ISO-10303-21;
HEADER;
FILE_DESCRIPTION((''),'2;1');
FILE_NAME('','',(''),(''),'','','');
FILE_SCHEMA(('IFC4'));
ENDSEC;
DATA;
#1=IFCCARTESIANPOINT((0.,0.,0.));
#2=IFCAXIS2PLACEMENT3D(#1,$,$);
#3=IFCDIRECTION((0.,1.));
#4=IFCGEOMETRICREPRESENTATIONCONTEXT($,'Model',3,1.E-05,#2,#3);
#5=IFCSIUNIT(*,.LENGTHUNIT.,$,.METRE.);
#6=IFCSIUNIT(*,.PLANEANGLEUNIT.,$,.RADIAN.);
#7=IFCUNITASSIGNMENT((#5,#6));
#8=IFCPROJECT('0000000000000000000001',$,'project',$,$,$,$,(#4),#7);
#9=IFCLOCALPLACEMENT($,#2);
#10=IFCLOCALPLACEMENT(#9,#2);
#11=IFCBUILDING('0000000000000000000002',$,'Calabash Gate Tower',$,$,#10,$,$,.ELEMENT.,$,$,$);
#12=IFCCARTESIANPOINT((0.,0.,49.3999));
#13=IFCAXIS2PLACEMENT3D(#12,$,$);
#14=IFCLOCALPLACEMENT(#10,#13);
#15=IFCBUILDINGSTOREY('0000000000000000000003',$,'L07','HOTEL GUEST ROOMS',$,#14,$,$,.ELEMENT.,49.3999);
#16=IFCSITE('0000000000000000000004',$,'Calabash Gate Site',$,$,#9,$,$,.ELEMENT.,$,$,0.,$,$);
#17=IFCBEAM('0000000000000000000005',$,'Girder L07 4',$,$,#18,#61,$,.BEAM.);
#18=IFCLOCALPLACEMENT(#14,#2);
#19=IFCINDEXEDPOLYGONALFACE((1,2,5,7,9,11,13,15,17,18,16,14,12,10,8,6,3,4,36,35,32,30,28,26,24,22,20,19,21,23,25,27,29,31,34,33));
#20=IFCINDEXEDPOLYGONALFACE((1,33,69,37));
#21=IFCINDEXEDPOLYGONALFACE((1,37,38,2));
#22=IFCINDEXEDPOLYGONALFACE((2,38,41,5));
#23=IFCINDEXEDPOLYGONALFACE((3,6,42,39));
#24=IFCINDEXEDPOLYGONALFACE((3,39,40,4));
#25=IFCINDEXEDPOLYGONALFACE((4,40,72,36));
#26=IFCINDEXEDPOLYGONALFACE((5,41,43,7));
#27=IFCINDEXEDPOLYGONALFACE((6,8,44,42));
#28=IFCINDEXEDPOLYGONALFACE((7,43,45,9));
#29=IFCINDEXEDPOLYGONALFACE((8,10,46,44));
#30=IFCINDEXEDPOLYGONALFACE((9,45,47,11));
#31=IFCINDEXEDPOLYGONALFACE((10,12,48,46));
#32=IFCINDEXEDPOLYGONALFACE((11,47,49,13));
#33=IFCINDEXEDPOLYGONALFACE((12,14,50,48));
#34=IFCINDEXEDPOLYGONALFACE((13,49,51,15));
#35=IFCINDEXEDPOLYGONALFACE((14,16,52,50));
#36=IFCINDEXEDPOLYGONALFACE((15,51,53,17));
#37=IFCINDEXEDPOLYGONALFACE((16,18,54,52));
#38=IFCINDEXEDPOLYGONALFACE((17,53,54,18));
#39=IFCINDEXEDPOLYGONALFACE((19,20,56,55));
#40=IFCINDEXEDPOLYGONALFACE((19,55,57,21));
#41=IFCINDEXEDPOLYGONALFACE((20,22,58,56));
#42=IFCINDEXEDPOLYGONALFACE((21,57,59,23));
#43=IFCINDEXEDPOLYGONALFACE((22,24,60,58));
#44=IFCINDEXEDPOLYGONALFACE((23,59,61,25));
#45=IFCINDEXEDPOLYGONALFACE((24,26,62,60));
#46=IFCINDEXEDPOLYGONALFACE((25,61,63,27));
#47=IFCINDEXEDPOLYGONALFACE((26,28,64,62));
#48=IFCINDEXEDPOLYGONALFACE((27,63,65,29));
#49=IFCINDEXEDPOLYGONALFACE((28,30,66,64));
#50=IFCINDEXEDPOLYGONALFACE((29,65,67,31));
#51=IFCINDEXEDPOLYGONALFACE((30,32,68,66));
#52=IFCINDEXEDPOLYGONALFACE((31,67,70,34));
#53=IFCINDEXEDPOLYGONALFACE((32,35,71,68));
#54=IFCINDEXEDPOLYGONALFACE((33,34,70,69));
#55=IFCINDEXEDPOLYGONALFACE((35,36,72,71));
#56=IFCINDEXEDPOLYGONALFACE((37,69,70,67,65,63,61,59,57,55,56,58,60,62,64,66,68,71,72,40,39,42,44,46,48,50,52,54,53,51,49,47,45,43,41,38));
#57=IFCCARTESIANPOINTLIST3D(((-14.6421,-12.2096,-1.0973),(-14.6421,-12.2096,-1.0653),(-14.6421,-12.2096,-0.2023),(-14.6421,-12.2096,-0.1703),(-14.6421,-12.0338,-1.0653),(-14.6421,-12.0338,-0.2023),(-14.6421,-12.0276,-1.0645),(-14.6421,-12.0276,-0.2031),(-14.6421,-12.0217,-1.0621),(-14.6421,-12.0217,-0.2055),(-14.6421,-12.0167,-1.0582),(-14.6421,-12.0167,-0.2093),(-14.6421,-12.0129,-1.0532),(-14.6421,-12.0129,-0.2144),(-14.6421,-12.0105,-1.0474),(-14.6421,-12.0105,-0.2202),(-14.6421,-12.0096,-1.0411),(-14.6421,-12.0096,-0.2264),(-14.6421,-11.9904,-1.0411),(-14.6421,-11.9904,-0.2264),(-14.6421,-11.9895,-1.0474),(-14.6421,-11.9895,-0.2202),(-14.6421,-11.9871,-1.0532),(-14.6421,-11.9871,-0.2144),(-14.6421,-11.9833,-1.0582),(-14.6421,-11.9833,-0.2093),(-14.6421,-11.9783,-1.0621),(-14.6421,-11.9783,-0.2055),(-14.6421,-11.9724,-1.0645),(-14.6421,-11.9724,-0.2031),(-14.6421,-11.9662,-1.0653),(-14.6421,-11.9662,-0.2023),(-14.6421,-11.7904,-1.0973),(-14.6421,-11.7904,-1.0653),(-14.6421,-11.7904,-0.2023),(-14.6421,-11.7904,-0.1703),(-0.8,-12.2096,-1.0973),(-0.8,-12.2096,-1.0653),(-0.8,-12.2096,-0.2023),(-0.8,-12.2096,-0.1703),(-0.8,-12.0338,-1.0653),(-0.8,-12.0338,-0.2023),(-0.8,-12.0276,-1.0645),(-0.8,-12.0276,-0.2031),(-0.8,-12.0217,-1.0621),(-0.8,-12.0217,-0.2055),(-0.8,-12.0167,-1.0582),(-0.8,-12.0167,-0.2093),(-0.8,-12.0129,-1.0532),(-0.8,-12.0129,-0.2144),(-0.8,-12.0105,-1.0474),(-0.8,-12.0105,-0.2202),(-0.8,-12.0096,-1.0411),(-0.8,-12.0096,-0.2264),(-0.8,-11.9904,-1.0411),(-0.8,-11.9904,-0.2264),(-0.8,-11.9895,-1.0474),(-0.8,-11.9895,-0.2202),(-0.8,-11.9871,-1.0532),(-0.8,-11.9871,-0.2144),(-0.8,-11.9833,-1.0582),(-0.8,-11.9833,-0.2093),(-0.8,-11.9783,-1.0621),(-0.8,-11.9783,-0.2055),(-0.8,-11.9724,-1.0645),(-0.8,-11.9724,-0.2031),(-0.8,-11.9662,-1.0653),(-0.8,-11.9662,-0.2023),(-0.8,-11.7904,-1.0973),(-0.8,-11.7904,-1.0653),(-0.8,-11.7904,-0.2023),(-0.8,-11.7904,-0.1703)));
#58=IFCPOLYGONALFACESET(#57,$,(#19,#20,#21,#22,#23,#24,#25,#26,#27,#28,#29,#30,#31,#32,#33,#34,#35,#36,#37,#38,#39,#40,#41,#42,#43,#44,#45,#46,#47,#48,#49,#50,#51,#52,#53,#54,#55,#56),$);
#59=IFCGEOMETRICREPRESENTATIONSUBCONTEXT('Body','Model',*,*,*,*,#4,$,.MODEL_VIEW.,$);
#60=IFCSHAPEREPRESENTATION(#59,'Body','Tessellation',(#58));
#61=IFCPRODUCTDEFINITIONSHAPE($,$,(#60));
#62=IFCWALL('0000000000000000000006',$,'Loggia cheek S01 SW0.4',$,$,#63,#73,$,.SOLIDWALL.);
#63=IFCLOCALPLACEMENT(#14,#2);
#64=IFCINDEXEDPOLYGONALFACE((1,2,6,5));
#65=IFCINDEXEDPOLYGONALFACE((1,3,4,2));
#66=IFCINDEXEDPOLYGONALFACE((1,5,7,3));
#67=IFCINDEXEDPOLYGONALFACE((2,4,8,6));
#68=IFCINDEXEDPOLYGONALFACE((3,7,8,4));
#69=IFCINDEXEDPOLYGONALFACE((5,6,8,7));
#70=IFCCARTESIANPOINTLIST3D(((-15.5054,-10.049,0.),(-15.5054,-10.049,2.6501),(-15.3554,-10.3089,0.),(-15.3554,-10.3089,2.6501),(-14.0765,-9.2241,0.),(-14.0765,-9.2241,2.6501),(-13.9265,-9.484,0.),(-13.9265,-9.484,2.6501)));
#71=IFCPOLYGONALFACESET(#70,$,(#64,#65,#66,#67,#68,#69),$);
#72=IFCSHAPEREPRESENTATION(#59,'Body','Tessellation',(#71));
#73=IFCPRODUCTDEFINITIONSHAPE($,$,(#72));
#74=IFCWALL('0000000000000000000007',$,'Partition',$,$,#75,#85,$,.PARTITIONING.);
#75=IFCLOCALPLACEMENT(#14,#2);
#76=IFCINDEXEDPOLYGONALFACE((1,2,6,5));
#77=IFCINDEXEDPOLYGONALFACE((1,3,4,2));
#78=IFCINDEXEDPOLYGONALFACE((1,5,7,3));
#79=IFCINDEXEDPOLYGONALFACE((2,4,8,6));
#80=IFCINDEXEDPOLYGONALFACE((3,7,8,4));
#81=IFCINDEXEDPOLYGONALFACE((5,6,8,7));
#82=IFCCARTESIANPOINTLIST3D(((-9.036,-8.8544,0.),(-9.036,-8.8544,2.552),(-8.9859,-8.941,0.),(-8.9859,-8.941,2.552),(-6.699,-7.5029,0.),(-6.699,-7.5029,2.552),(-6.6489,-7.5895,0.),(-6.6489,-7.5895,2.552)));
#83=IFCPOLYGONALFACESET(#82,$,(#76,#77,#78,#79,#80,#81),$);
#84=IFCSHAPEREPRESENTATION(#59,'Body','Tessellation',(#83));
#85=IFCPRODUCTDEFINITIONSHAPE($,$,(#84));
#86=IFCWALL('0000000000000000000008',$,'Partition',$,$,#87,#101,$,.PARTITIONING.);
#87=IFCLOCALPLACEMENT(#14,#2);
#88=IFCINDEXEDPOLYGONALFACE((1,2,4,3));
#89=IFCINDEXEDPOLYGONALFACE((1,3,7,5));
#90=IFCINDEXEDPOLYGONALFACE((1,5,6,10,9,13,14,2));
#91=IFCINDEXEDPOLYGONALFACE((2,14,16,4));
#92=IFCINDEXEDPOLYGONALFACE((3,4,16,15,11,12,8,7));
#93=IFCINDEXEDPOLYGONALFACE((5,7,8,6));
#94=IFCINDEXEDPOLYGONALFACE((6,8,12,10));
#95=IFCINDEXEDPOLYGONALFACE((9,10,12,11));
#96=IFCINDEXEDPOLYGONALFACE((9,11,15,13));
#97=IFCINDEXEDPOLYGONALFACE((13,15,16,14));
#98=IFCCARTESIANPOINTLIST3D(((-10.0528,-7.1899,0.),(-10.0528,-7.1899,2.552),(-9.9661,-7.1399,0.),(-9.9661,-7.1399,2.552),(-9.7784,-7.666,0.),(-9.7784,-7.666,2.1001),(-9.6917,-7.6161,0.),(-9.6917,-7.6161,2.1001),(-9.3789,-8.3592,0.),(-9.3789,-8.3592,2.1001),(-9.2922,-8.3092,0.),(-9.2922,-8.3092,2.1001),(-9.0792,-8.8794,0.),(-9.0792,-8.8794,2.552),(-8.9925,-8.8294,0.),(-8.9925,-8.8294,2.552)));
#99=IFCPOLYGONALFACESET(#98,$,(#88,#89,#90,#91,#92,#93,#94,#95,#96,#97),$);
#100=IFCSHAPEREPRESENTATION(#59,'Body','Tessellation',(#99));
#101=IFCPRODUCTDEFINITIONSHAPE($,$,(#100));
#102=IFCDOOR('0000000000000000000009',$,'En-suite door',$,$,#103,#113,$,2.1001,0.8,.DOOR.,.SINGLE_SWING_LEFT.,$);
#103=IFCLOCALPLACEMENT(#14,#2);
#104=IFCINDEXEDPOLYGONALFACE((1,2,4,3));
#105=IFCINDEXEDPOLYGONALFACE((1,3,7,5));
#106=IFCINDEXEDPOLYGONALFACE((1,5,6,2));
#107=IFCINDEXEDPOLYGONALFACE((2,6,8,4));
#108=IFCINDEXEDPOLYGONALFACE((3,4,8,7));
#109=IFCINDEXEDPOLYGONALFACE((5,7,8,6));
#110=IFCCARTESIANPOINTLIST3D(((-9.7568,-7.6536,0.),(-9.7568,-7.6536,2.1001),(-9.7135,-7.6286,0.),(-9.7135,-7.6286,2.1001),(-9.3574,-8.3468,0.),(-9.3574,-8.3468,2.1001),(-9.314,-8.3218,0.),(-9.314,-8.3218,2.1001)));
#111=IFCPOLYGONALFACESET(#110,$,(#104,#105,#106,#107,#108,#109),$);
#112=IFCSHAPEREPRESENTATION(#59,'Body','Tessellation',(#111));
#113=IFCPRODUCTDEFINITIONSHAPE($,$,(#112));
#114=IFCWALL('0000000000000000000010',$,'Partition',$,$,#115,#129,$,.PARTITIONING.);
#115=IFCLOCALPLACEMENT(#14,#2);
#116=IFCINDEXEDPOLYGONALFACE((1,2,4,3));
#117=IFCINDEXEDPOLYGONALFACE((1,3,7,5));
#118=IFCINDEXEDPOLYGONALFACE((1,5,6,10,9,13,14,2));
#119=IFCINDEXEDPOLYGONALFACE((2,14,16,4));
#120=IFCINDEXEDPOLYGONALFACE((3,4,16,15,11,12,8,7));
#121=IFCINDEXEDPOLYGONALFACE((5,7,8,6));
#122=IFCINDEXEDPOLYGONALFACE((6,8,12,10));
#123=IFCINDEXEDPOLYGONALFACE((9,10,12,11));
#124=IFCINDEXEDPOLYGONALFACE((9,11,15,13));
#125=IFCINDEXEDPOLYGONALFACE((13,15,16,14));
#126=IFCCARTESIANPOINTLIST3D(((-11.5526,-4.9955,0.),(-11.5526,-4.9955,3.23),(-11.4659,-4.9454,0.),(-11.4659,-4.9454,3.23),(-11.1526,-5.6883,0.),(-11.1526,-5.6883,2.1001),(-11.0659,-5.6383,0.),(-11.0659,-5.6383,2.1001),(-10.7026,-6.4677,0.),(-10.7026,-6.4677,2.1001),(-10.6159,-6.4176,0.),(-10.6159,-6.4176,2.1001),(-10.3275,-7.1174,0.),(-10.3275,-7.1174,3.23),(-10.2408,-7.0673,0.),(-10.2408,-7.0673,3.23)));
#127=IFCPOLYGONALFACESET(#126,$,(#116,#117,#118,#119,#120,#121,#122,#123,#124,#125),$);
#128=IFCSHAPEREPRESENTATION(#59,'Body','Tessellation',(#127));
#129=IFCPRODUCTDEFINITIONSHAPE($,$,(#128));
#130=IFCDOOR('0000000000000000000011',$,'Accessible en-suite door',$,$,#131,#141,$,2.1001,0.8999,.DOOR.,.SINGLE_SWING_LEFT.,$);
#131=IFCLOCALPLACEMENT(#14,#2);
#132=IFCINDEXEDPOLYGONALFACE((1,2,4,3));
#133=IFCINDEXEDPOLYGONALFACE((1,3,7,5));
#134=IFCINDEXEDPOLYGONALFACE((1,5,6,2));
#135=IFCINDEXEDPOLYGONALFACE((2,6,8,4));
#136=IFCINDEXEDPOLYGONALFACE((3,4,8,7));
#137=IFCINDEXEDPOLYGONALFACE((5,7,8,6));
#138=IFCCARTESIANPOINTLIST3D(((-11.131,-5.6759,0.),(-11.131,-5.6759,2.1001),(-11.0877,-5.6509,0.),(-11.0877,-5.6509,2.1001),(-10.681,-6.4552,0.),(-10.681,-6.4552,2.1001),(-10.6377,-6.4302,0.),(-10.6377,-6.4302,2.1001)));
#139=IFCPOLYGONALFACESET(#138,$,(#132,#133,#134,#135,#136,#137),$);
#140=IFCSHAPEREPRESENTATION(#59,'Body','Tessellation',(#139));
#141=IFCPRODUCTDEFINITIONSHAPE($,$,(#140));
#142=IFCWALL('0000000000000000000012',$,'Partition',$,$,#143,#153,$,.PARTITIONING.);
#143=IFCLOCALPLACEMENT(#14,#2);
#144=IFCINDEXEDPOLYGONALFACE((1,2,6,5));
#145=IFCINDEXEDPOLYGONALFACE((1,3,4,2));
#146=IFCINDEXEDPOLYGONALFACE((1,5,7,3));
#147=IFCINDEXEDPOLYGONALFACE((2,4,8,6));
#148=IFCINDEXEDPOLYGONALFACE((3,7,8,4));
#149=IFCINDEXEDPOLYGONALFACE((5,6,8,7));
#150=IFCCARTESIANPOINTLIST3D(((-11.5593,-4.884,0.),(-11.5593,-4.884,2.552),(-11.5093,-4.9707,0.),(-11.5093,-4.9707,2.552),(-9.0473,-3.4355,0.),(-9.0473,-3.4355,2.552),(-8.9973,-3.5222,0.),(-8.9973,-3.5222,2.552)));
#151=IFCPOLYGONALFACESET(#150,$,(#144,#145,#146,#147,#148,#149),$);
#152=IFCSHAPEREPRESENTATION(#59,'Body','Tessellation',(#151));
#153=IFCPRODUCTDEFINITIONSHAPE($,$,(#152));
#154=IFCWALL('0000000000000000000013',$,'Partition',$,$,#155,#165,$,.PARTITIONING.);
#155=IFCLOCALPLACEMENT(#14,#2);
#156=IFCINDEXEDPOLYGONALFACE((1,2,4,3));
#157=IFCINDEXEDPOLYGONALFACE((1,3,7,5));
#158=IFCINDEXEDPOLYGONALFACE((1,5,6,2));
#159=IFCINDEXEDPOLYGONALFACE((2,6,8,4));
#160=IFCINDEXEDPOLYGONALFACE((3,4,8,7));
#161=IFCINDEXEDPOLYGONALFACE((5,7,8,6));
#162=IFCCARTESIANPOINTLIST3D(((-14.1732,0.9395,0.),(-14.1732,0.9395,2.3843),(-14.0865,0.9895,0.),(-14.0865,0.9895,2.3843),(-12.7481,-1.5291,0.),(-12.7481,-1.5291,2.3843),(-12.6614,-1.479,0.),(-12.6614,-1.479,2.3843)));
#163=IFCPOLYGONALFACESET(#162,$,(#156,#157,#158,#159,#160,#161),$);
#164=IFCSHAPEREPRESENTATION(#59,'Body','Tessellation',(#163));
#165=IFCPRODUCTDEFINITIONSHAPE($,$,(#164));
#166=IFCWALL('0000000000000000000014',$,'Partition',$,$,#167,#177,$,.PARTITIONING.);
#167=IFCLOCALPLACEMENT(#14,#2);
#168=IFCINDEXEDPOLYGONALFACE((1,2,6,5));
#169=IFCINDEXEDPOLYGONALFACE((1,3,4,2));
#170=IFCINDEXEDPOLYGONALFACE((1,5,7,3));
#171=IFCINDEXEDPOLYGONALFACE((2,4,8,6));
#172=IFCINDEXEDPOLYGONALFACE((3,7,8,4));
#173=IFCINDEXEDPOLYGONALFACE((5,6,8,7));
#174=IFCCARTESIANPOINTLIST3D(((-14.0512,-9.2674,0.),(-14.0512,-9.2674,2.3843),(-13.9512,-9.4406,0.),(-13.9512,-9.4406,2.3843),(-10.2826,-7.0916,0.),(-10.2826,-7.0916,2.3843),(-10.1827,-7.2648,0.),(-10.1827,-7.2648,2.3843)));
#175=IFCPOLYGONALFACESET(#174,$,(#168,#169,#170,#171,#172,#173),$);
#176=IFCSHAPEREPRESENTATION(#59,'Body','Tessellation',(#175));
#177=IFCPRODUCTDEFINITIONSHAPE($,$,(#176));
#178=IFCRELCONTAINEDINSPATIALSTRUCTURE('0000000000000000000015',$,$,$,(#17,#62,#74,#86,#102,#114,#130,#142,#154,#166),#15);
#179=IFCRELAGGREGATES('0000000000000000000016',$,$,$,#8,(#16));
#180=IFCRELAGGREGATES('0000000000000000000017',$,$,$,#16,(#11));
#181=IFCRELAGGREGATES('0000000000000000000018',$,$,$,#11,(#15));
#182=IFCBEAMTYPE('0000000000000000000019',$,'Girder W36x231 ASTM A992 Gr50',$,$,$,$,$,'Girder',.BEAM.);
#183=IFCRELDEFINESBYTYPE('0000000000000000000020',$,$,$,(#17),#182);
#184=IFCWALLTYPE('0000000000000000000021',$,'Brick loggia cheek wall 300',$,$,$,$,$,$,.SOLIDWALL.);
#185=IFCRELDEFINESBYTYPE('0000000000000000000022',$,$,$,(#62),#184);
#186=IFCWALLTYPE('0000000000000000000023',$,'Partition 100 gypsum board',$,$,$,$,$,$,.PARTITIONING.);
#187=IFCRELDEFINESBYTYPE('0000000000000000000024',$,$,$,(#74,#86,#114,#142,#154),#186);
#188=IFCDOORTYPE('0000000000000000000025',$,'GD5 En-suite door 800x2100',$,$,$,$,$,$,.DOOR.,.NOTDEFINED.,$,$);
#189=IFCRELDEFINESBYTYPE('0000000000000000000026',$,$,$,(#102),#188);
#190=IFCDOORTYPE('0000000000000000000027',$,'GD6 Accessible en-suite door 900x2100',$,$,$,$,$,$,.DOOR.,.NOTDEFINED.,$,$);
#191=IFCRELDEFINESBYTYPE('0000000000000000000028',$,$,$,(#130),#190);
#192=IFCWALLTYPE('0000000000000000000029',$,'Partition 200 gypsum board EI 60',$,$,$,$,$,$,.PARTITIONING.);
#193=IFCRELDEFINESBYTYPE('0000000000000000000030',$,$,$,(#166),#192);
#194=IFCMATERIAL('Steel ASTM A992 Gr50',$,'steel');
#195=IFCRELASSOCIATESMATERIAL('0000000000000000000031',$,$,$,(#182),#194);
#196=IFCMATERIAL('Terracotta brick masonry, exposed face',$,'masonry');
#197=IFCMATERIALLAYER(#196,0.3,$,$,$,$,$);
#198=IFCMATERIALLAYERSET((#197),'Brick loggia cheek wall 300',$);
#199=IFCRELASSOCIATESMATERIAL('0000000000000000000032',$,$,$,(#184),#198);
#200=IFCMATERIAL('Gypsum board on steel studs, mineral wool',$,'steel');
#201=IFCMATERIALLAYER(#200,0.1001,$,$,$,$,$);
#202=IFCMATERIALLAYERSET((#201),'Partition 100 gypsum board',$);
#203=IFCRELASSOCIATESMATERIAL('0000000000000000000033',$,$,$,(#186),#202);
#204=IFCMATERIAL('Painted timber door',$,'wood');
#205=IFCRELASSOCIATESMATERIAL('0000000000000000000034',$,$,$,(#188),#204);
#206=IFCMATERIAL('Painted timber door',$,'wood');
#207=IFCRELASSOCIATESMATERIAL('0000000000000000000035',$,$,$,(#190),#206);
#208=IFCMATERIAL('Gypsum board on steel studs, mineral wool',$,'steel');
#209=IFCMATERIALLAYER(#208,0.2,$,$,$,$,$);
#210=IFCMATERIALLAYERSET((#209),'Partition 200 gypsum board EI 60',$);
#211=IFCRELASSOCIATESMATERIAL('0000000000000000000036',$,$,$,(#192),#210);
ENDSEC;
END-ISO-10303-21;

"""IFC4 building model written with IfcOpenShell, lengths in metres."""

from ifc_helpers import new_model, si_unit, direction, frame, frame_2d, origin, origin_2d, place, context, subcontext, project, spatial, rectangle, i_section, extrude, material, layer, layer_set, material_profile, profile_set, type_object, element, fill, save


model = new_model("IFC4")

# Units and contexts
model_context = context("Model", 3, precision=1e-05, world=origin(), true_north=direction((0.0, 1.0)))
body_context = subcontext(model_context, "Body", "Model", "MODEL_VIEW")
ifc_project = project(units=[si_unit("LENGTHUNIT", "METRE"), si_unit("PLANEANGLEUNIT", "RADIAN")], contexts=[model_context])

# Site, building, storey
site_placement = place(None, origin())
site = spatial("IfcSite", under=ifc_project, at=site_placement, Name="Calabash Gate Site", CompositionType="ELEMENT", RefElevation=0.0)
building_placement = place(site_placement, origin())
building = spatial("IfcBuilding", under=site, at=building_placement, Name="Calabash Gate Tower", CompositionType="ELEMENT")
storey_placement = place(building_placement, frame((0.0, 0.0, 49.3999)))
storey = spatial("IfcBuildingStorey", under=building, at=storey_placement, Name="L07", Description="HOTEL GUEST ROOMS", CompositionType="ELEMENT", Elevation=49.3999)

# Beam
ifc_material_1 = material(Name="Steel ASTM A992 Gr50", Category="steel")
ifc_material_profile_1 = material_profile(ifc_material_1, i_section(OverallWidth=0.4192, OverallDepth=0.927, WebThickness=0.0193, FlangeThickness=0.032, FilletRadius=0.0242, at=origin_2d()))
ifc_profile_set_1 = profile_set([ifc_material_profile_1], Name="Steel ASTM A992 Gr50")
beam_type_1 = type_object("IfcBeamType", Name="Girder W36x231 ASTM A992 Gr50", ElementType="Girder", PredefinedType="BEAM", material=ifc_profile_set_1)
beam_1_placement = place(storey_placement, frame((-14.6421, -12.0, -0.6338), z_axis=(1.0, 0.0, 0.0), x_axis=(0.0, 1.0, 0.0)))
element("IfcBeam", 1, at=beam_1_placement, inside=storey, type_object=beam_type_1, Name="Girder L07 4", PredefinedType="BEAM", context=body_context, shape_type="SweptSolid", body=[
    extrude(i_section(OverallWidth=0.4192, OverallDepth=0.927, WebThickness=0.0193, FlangeThickness=0.032, FilletRadius=0.0242, at=origin_2d()), origin(), (0.0, 0.0, 1.0), 13.842),
])

# Walls
ifc_material_2 = material(Name="Terracotta brick masonry, exposed face", Category="masonry")
ifc_layer_1 = layer(ifc_material_2, 0.3)
ifc_layer_set_1 = layer_set([ifc_layer_1], Name="Brick loggia cheek wall 300")
wall_type_1 = type_object("IfcWallType", Name="Brick loggia cheek wall 300", PredefinedType="SOLIDWALL", material=ifc_layer_set_1)
wall_1_placement = place(storey_placement, frame((-15.4304, -10.179, 0.0), z_axis=(0.0, 0.0, 1.0), x_axis=(0.86604, 0.499974, 0.0)))
element("IfcWall", 2, at=wall_1_placement, inside=storey, type_object=wall_type_1, Name="Loggia cheek S01 SW0.4", PredefinedType="SOLIDWALL", context=body_context, shape_type="SweptSolid", body=[
    extrude(rectangle(XDim=1.6499, YDim=0.3, at=frame_2d((0.825, 0.0))), origin(), (0.0, 0.0, 1.0), 2.6501),
])
ifc_material_3 = material(Name="Gypsum board on steel studs, mineral wool", Category="steel")
ifc_layer_2 = layer(ifc_material_3, 0.1001)
ifc_layer_set_2 = layer_set([ifc_layer_2], Name="Partition 100 gypsum board")
wall_type_2 = type_object("IfcWallType", Name="Partition 100 gypsum board", PredefinedType="PARTITIONING", material=ifc_layer_set_2)
wall_2_placement = place(storey_placement, frame((-9.011, -8.8977, 0.0), z_axis=(0.0, 0.0, 1.0), x_axis=(0.865672, 0.500612, 0.0)))
element("IfcWall", 3, at=wall_2_placement, inside=storey, type_object=wall_type_2, Name="Partition", PredefinedType="PARTITIONING", context=body_context, shape_type="SweptSolid", body=[
    extrude(rectangle(XDim=2.6997, YDim=0.1001, at=frame_2d((1.3499, 0.0))), origin(), (0.0, 0.0, 1.0), 2.552),
])

# Walls, openings, doors
wall_3_placement = place(storey_placement, frame((-10.0095, -7.1648, 0.0), z_axis=(0.0, 0.0, 1.0), x_axis=(0.499318, -0.866419, 0.0)))
wall_3 = element("IfcWall", 4, at=wall_3_placement, inside=storey, type_object=wall_type_2, Name="Partition", PredefinedType="PARTITIONING", context=body_context, shape_type="SweptSolid", body=[
    extrude(rectangle(XDim=1.95, YDim=0.1001, at=frame_2d((0.9751, 0.0))), origin(), (0.0, 0.0, 1.0), 2.552),
])
opening_1_placement = place(wall_3_placement, frame((0.5498, 0.0, 0.0)))
opening_1 = element("IfcOpeningElement", 5, at=opening_1_placement, cuts=wall_3, PredefinedType="OPENING", context=body_context, shape_type="SweptSolid", body=[
    extrude(rectangle(XDim=0.8, YDim=2.1001, at=frame_2d((0.3999, 1.05))), frame((0.0, 0.0601, 0.0), z_axis=(0.0, -1.0, 0.0), x_axis=(1.0, 0.0, 0.0)), (0.0, 0.0, 1.0), 0.1201),
])
ifc_material_4 = material(Name="Painted timber door", Category="wood")
door_type_1 = type_object("IfcDoorType", Name="GD5 En-suite door 800x2100", OperationType="NOTDEFINED", PredefinedType="DOOR", material=ifc_material_4)
door_1_placement = place(opening_1_placement, origin())
door_1 = element("IfcDoor", 6, at=door_1_placement, inside=storey, type_object=door_type_1, Name="En-suite door", OperationType="SINGLE_SWING_LEFT", OverallHeight=2.1001, OverallWidth=0.8, PredefinedType="DOOR", context=body_context, shape_type="SweptSolid", body=[
    extrude(rectangle(XDim=0.8, YDim=2.1001, at=frame_2d((0.3999, 1.05))), frame((0.0, 0.0249, 0.0), z_axis=(0.0, -1.0, 0.0), x_axis=(1.0, 0.0, 0.0)), (0.0, 0.0, 1.0), 0.05),
])
fill(opening_1, door_1)
wall_4_placement = place(storey_placement, frame((-11.5093, -4.9705, 0.0), z_axis=(0.0, 0.0, 1.0), x_axis=(0.500019, -0.866015, 0.0)))
wall_4 = element("IfcWall", 7, at=wall_4_placement, inside=storey, type_object=wall_type_2, Name="Partition", PredefinedType="PARTITIONING", context=body_context, shape_type="SweptSolid", body=[
    extrude(rectangle(XDim=2.4502, YDim=0.1001, at=frame_2d((1.2251, 0.0))), origin(), (0.0, 0.0, 1.0), 3.23),
])
opening_2_placement = place(wall_4_placement, frame((0.8, 0.0, 0.0)))
opening_2 = element("IfcOpeningElement", 8, at=opening_2_placement, cuts=wall_4, PredefinedType="OPENING", context=body_context, shape_type="SweptSolid", body=[
    extrude(rectangle(XDim=0.8999, YDim=2.1001, at=frame_2d((0.45, 1.05))), frame((0.0, 0.0601, 0.0), z_axis=(0.0, -1.0, 0.0), x_axis=(1.0, 0.0, 0.0)), (0.0, 0.0, 1.0), 0.1201),
])
ifc_material_5 = material(Name="Painted timber door", Category="wood")
door_type_2 = type_object("IfcDoorType", Name="GD6 Accessible en-suite door 900x2100", OperationType="NOTDEFINED", PredefinedType="DOOR", material=ifc_material_5)
door_2_placement = place(opening_2_placement, origin())
door_2 = element("IfcDoor", 9, at=door_2_placement, inside=storey, type_object=door_type_2, Name="Accessible en-suite door", OperationType="SINGLE_SWING_LEFT", OverallHeight=2.1001, OverallWidth=0.8999, PredefinedType="DOOR", context=body_context, shape_type="SweptSolid", body=[
    extrude(rectangle(XDim=0.8999, YDim=2.1001, at=frame_2d((0.45, 1.05))), frame((0.0, 0.0249, 0.0), z_axis=(0.0, -1.0, 0.0), x_axis=(1.0, 0.0, 0.0)), (0.0, 0.0, 1.0), 0.05),
])
fill(opening_2, door_2)

# Walls
wall_5_placement = place(storey_placement, frame((-11.5342, -4.9272, 0.0), z_axis=(0.0, 0.0, 1.0), x_axis=(0.866293, 0.499535, 0.0)))
element("IfcWall", 10, at=wall_5_placement, inside=storey, type_object=wall_type_2, Name="Partition", PredefinedType="PARTITIONING", context=body_context, shape_type="SweptSolid", body=[
    extrude(rectangle(XDim=2.8997, YDim=0.1001, at=frame_2d((1.4497, 0.0))), origin(), (0.0, 0.0, 1.0), 2.552),
])
wall_6_placement = place(storey_placement, frame((-14.1299, 0.9646, 0.0), z_axis=(0.0, 0.0, 1.0), x_axis=(0.499962, -0.866047, 0.0)))
element("IfcWall", 11, at=wall_6_placement, inside=storey, type_object=wall_type_2, Name="Partition", PredefinedType="PARTITIONING", context=body_context, shape_type="SweptSolid", body=[
    extrude(rectangle(XDim=2.8503, YDim=0.1001, at=frame_2d((1.4253, 0.0))), origin(), (0.0, 0.0, 1.0), 2.3843),
])
ifc_material_6 = material(Name="Gypsum board on steel studs, mineral wool", Category="steel")
ifc_layer_3 = layer(ifc_material_6, 0.2)
ifc_layer_set_3 = layer_set([ifc_layer_3], Name="Partition 200 gypsum board EI 60")
wall_type_3 = type_object("IfcWallType", Name="Partition 200 gypsum board EI 60", PredefinedType="PARTITIONING", material=ifc_layer_set_3)
wall_7_placement = place(storey_placement, frame((-14.0012, -9.354, 0.0), z_axis=(0.0, 0.0, 1.0), x_axis=(0.866025, 0.500001, 0.0)))
element("IfcWall", 12, at=wall_7_placement, inside=storey, type_object=wall_type_3, Name="Partition", PredefinedType="PARTITIONING", context=body_context, shape_type="SweptSolid", body=[
    extrude(rectangle(XDim=4.3516, YDim=0.2, at=frame_2d((2.1758, 0.0))), origin(), (0.0, 0.0, 1.0), 2.3843),
])

save(model, "model.ifc")
